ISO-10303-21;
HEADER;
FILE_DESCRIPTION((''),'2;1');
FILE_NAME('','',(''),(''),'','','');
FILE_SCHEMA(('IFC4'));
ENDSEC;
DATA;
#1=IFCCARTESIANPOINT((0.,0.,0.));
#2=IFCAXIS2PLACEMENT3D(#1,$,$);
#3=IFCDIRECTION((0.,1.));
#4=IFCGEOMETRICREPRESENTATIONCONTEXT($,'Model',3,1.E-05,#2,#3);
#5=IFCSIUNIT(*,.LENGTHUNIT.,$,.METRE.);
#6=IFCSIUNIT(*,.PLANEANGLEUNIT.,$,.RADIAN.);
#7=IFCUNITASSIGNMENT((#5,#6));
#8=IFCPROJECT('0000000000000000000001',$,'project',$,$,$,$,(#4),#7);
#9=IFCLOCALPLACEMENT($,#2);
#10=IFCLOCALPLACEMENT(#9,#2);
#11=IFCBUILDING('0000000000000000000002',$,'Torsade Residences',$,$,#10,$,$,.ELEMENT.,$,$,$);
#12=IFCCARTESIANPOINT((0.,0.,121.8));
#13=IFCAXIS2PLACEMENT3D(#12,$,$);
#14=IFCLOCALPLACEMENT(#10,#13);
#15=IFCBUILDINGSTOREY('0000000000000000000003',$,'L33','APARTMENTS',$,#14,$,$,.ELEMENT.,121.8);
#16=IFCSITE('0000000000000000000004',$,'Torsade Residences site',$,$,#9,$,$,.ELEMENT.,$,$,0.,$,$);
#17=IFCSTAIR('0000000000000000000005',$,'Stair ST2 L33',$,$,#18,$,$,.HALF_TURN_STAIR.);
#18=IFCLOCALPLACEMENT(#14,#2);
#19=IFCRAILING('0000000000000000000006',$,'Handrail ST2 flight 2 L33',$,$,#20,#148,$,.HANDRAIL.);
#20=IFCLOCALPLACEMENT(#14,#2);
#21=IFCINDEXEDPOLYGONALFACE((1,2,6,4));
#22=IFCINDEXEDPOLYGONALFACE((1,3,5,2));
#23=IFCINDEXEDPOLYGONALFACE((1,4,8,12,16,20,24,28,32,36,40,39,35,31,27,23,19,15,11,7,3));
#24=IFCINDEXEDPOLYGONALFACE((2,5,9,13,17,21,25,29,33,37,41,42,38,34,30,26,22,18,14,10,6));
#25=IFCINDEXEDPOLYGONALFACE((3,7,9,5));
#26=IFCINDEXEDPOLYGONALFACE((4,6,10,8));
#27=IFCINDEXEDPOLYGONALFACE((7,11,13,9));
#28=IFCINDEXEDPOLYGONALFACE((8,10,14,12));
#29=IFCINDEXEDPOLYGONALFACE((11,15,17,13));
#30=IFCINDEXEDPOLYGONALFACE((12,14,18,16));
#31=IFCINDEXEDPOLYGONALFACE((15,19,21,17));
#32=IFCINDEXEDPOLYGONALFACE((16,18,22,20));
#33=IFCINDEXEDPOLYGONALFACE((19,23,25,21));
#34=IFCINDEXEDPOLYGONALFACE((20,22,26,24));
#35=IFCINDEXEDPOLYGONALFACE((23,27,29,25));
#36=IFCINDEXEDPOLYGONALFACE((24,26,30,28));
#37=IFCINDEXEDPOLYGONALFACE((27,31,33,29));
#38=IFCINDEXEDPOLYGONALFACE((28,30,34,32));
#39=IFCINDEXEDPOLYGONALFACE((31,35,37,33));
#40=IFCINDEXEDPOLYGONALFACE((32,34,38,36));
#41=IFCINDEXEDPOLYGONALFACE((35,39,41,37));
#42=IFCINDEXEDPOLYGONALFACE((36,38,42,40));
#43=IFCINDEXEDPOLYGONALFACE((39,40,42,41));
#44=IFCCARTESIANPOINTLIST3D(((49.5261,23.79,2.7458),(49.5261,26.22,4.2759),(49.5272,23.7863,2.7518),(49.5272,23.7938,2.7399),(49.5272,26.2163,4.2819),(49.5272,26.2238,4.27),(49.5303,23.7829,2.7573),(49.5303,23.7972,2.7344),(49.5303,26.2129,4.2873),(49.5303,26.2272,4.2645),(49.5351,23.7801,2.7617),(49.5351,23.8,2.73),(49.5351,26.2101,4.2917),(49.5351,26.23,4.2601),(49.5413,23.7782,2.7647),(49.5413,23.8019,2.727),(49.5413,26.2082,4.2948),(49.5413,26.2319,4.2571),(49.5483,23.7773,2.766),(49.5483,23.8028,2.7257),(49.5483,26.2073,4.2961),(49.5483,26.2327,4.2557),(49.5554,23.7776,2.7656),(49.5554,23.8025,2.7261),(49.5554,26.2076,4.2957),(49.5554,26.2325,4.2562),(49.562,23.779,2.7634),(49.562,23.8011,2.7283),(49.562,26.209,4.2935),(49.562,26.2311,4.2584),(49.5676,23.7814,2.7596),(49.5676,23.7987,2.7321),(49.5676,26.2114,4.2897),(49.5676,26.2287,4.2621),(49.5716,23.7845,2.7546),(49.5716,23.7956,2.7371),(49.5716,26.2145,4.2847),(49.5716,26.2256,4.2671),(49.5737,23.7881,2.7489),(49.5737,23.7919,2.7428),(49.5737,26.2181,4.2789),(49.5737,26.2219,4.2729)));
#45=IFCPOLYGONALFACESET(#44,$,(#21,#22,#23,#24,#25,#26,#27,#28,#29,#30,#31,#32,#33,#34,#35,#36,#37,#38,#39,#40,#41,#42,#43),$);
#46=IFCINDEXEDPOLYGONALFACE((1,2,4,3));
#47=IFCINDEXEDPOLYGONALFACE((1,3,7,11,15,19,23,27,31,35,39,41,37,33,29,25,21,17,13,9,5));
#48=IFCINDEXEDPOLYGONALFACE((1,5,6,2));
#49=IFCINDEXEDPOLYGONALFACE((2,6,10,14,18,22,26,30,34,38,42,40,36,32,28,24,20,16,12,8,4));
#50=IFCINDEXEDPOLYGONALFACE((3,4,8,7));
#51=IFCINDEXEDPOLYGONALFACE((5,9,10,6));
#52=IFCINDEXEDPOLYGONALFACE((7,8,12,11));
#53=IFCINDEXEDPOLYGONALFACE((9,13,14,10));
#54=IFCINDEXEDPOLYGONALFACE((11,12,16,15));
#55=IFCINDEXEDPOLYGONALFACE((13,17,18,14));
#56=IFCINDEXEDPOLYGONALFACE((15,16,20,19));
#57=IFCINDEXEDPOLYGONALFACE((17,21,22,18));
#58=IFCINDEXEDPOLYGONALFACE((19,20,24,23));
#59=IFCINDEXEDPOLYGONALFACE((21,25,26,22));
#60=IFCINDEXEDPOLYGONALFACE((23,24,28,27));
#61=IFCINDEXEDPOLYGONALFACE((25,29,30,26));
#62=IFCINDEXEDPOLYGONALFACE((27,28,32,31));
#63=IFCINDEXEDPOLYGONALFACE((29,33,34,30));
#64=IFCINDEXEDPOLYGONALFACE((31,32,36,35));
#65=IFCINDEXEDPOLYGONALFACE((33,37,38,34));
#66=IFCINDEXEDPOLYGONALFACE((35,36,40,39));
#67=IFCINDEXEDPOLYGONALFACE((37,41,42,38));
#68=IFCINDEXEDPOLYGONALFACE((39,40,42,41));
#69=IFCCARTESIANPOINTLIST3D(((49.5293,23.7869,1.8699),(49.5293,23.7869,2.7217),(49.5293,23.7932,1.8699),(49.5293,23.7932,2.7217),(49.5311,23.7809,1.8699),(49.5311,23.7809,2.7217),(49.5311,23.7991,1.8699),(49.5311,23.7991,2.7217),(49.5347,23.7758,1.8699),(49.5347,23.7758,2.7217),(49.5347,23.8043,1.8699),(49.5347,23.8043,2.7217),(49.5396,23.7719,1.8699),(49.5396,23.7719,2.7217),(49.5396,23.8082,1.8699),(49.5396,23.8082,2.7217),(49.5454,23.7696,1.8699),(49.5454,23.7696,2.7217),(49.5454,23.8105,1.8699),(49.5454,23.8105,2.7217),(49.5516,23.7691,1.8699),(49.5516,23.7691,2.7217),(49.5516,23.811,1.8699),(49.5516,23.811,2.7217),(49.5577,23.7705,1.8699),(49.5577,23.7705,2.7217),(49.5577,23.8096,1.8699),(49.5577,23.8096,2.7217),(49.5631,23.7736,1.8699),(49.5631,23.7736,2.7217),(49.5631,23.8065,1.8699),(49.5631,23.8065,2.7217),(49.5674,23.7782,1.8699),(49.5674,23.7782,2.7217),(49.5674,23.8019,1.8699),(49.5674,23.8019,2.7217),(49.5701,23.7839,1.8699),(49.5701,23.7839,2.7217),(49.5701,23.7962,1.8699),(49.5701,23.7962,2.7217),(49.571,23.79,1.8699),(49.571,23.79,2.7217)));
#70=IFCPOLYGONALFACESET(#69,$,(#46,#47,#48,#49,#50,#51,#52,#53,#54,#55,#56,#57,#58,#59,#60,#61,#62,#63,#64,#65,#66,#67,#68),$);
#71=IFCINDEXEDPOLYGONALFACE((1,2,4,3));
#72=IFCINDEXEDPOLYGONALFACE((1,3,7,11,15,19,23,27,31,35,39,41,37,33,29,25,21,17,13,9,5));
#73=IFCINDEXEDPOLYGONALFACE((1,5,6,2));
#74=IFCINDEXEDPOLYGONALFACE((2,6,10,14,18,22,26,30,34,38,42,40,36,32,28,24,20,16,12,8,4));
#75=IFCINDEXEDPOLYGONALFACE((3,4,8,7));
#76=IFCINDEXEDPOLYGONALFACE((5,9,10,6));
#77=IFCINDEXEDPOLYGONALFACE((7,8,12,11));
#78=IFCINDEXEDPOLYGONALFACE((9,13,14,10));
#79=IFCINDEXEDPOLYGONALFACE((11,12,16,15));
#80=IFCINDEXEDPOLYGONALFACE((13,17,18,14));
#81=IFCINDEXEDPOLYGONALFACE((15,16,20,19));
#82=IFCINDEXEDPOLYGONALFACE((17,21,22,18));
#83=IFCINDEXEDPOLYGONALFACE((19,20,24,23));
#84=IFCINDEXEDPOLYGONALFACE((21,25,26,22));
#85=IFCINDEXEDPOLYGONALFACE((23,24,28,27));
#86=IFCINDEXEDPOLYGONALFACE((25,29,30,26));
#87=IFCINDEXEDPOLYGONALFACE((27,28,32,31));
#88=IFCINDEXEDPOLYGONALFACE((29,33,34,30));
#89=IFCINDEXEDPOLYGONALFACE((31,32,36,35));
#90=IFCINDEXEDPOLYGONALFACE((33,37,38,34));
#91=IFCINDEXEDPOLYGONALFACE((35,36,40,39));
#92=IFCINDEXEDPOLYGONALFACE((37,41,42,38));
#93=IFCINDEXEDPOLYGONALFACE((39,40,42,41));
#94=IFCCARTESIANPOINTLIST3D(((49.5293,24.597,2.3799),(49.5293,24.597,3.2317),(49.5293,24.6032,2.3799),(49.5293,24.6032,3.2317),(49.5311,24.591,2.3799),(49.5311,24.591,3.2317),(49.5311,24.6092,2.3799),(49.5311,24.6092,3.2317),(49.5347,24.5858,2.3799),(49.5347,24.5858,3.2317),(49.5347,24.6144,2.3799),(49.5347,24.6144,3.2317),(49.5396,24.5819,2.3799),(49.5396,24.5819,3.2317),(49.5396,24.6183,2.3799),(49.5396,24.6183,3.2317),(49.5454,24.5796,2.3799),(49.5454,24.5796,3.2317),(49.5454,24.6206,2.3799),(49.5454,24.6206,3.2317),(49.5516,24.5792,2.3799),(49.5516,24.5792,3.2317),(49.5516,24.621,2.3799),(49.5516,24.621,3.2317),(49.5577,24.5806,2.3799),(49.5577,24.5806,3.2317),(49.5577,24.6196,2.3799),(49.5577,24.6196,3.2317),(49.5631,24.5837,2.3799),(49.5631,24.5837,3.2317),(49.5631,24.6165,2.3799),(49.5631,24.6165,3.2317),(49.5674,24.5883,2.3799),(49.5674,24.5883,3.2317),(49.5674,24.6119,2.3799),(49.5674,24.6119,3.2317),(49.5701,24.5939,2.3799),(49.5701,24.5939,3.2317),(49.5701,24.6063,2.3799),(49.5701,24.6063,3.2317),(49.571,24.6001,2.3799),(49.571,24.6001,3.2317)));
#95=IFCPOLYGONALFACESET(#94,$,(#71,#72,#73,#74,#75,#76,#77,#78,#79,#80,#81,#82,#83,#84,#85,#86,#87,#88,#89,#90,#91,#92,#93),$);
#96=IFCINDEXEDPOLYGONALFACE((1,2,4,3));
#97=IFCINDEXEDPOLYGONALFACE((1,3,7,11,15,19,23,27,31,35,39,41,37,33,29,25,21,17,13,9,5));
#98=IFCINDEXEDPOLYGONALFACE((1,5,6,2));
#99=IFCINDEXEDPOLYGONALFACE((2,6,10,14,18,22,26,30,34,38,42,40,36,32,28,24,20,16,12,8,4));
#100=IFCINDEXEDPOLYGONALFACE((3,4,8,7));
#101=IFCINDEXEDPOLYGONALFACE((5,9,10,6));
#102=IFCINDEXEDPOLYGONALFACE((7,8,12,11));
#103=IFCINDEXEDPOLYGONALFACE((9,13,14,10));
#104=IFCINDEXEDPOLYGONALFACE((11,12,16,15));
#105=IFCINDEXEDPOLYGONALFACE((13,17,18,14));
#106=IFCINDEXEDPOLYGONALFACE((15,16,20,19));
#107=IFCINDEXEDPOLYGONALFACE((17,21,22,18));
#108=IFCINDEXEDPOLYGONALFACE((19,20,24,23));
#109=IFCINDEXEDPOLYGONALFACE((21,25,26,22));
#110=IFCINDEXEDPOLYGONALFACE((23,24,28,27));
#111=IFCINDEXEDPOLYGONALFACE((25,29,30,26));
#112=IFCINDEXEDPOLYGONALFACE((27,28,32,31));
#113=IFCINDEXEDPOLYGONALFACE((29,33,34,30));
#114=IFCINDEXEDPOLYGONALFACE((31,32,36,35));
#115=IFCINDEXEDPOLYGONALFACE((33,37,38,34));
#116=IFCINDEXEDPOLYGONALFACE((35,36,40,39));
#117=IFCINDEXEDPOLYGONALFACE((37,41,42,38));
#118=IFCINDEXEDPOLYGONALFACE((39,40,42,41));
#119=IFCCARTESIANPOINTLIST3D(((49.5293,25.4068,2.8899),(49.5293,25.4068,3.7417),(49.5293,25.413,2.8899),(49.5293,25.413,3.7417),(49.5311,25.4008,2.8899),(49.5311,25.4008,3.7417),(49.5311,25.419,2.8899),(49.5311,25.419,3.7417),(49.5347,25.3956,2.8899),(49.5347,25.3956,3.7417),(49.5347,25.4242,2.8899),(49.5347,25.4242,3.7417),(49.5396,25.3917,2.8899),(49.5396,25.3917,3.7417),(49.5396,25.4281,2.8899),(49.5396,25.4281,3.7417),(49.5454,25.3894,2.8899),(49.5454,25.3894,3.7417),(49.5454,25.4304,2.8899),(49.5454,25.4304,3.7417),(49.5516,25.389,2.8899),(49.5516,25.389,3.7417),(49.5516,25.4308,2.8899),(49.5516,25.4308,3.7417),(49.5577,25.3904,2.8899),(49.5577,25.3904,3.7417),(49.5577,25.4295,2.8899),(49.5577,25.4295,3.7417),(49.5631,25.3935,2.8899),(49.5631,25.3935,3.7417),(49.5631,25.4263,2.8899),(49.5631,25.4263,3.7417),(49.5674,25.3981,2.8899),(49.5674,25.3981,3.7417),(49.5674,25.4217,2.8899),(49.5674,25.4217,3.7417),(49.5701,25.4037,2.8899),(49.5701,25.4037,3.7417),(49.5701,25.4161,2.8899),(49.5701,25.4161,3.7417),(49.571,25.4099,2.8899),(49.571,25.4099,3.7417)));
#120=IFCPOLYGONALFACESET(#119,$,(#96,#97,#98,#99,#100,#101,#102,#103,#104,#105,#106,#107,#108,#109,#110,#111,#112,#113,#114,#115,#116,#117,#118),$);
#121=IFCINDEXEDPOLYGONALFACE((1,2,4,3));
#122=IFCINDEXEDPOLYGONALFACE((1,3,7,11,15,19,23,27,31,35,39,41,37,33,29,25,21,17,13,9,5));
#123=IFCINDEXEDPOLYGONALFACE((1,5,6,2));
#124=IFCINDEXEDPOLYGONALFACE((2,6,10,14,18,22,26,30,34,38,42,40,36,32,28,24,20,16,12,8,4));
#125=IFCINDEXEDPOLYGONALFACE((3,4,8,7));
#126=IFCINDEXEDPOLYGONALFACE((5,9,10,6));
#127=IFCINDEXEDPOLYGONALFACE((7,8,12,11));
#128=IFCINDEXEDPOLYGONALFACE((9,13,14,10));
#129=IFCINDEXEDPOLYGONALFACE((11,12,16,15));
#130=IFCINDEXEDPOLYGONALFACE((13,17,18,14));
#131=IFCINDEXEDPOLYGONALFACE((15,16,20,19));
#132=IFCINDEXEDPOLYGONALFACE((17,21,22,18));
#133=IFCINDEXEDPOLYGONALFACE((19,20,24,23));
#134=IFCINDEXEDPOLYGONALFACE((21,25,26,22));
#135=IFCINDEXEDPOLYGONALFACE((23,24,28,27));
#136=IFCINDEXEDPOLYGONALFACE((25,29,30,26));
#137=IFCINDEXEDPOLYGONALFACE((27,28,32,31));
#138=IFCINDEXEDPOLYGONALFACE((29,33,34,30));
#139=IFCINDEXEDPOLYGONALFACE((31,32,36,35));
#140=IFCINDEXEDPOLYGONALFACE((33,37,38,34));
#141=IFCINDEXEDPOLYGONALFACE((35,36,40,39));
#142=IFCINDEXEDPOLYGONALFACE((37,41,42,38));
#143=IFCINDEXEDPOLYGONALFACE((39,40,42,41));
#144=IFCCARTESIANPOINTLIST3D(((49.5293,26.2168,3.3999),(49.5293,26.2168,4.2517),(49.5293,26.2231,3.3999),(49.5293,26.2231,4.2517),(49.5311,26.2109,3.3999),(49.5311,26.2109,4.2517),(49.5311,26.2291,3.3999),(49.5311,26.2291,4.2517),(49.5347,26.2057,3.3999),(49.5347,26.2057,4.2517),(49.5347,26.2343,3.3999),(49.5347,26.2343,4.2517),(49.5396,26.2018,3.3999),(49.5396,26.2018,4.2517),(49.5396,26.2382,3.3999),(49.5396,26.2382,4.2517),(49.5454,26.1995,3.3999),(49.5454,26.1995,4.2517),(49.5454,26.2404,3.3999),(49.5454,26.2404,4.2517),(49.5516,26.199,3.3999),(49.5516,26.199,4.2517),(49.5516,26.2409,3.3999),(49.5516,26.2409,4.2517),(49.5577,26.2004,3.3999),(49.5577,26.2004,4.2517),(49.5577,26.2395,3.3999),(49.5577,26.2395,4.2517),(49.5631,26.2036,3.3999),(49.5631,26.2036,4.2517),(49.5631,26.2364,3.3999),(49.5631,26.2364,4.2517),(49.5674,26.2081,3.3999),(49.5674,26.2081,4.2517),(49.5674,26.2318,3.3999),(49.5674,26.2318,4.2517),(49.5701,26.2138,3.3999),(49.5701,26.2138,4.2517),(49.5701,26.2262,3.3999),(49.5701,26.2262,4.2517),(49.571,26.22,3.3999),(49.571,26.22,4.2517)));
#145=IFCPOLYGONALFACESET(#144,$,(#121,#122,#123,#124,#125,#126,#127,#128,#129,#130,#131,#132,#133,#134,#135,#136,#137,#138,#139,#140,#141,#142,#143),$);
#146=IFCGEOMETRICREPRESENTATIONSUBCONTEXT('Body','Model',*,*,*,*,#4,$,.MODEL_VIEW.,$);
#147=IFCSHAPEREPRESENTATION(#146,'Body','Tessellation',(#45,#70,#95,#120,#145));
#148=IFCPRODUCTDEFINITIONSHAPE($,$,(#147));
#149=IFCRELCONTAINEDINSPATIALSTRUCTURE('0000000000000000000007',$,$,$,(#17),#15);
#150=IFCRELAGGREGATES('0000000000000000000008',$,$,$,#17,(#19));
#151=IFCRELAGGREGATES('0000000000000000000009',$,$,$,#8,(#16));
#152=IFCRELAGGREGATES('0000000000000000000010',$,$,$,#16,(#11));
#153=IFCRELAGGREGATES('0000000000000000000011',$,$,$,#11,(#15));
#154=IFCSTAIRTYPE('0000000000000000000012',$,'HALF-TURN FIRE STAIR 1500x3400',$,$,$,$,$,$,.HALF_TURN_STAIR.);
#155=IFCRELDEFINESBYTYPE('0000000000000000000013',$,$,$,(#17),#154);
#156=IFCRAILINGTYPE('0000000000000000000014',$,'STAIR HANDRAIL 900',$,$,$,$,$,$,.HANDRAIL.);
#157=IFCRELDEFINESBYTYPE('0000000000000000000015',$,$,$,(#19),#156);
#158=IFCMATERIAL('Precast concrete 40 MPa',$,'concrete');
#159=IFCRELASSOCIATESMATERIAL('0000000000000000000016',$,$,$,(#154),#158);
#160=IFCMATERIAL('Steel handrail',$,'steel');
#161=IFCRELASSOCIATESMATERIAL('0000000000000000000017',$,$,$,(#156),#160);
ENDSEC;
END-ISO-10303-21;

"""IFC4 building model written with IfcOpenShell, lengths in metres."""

from ifc_helpers import new_model, si_unit, direction, frame, origin, origin_2d, place, context, subcontext, project, spatial, circle, extrude, material, type_object, element, aggregate, save


model = new_model("IFC4")

# Units and contexts
model_context = context("Model", 3, precision=1e-05, world=origin(), true_north=direction((0.0, 1.0)))
body_context = subcontext(model_context, "Body", "Model", "MODEL_VIEW")
ifc_project = project(units=[si_unit("LENGTHUNIT", "METRE"), si_unit("PLANEANGLEUNIT", "RADIAN")], contexts=[model_context])

# Site, building, storey
site_placement = place(None, origin())
site = spatial("IfcSite", under=ifc_project, at=site_placement, Name="Torsade Residences site", CompositionType="ELEMENT", RefElevation=0.0)
building_placement = place(site_placement, origin())
building = spatial("IfcBuilding", under=site, at=building_placement, Name="Torsade Residences", CompositionType="ELEMENT")
storey_placement = place(building_placement, frame((0.0, 0.0, 121.8)))
storey = spatial("IfcBuildingStorey", under=building, at=storey_placement, Name="L33", Description="APARTMENTS", CompositionType="ELEMENT", Elevation=121.8)

# Stair, railing
ifc_material_1 = material(Name="Precast concrete 40 MPa", Category="concrete")
stair_type = type_object("IfcStairType", Name="HALF-TURN FIRE STAIR 1500x3400", PredefinedType="HALF_TURN_STAIR", material=ifc_material_1)
stair_placement = place(storey_placement, origin())
stair = element("IfcStair", 1, at=stair_placement, inside=storey, type_object=stair_type, Name="Stair ST2 L33", PredefinedType="HALF_TURN_STAIR")
ifc_material_2 = material(Name="Steel handrail", Category="steel")
railing_type = type_object("IfcRailingType", Name="STAIR HANDRAIL 900", PredefinedType="HANDRAIL", material=ifc_material_2)
railing_1_placement = place(storey_placement, frame((49.55, 23.79, 1.8699)))
railing_1 = element("IfcRailing", 2, at=railing_1_placement, type_object=railing_type, Name="Handrail ST2 flight 2 L33", PredefinedType="HANDRAIL", context=body_context, shape_type="SweptSolid", body=[
    extrude(circle(Radius=0.0239, at=origin_2d()), frame((0.0, 0.0, 0.876), z_axis=(0.0, 0.846221, 0.532831), x_axis=(-1.0, 0.0, 0.0)), (0.0, 0.0, 1.0), 2.8716),
    extrude(circle(Radius=0.021, at=origin_2d()), origin(), (0.0, 0.0, 1.0), 0.8518),
    extrude(circle(Radius=0.021, at=origin_2d()), frame((0.0, 0.8101, 0.51)), (0.0, 0.0, 1.0), 0.8518),
    extrude(circle(Radius=0.021, at=origin_2d()), frame((0.0, 1.6199, 1.02)), (0.0, 0.0, 1.0), 0.8518),
    extrude(circle(Radius=0.021, at=origin_2d()), frame((0.0, 2.4299, 1.53)), (0.0, 0.0, 1.0), 0.8518),
])
aggregate(stair, [railing_1])

save(model, "model.ifc")
